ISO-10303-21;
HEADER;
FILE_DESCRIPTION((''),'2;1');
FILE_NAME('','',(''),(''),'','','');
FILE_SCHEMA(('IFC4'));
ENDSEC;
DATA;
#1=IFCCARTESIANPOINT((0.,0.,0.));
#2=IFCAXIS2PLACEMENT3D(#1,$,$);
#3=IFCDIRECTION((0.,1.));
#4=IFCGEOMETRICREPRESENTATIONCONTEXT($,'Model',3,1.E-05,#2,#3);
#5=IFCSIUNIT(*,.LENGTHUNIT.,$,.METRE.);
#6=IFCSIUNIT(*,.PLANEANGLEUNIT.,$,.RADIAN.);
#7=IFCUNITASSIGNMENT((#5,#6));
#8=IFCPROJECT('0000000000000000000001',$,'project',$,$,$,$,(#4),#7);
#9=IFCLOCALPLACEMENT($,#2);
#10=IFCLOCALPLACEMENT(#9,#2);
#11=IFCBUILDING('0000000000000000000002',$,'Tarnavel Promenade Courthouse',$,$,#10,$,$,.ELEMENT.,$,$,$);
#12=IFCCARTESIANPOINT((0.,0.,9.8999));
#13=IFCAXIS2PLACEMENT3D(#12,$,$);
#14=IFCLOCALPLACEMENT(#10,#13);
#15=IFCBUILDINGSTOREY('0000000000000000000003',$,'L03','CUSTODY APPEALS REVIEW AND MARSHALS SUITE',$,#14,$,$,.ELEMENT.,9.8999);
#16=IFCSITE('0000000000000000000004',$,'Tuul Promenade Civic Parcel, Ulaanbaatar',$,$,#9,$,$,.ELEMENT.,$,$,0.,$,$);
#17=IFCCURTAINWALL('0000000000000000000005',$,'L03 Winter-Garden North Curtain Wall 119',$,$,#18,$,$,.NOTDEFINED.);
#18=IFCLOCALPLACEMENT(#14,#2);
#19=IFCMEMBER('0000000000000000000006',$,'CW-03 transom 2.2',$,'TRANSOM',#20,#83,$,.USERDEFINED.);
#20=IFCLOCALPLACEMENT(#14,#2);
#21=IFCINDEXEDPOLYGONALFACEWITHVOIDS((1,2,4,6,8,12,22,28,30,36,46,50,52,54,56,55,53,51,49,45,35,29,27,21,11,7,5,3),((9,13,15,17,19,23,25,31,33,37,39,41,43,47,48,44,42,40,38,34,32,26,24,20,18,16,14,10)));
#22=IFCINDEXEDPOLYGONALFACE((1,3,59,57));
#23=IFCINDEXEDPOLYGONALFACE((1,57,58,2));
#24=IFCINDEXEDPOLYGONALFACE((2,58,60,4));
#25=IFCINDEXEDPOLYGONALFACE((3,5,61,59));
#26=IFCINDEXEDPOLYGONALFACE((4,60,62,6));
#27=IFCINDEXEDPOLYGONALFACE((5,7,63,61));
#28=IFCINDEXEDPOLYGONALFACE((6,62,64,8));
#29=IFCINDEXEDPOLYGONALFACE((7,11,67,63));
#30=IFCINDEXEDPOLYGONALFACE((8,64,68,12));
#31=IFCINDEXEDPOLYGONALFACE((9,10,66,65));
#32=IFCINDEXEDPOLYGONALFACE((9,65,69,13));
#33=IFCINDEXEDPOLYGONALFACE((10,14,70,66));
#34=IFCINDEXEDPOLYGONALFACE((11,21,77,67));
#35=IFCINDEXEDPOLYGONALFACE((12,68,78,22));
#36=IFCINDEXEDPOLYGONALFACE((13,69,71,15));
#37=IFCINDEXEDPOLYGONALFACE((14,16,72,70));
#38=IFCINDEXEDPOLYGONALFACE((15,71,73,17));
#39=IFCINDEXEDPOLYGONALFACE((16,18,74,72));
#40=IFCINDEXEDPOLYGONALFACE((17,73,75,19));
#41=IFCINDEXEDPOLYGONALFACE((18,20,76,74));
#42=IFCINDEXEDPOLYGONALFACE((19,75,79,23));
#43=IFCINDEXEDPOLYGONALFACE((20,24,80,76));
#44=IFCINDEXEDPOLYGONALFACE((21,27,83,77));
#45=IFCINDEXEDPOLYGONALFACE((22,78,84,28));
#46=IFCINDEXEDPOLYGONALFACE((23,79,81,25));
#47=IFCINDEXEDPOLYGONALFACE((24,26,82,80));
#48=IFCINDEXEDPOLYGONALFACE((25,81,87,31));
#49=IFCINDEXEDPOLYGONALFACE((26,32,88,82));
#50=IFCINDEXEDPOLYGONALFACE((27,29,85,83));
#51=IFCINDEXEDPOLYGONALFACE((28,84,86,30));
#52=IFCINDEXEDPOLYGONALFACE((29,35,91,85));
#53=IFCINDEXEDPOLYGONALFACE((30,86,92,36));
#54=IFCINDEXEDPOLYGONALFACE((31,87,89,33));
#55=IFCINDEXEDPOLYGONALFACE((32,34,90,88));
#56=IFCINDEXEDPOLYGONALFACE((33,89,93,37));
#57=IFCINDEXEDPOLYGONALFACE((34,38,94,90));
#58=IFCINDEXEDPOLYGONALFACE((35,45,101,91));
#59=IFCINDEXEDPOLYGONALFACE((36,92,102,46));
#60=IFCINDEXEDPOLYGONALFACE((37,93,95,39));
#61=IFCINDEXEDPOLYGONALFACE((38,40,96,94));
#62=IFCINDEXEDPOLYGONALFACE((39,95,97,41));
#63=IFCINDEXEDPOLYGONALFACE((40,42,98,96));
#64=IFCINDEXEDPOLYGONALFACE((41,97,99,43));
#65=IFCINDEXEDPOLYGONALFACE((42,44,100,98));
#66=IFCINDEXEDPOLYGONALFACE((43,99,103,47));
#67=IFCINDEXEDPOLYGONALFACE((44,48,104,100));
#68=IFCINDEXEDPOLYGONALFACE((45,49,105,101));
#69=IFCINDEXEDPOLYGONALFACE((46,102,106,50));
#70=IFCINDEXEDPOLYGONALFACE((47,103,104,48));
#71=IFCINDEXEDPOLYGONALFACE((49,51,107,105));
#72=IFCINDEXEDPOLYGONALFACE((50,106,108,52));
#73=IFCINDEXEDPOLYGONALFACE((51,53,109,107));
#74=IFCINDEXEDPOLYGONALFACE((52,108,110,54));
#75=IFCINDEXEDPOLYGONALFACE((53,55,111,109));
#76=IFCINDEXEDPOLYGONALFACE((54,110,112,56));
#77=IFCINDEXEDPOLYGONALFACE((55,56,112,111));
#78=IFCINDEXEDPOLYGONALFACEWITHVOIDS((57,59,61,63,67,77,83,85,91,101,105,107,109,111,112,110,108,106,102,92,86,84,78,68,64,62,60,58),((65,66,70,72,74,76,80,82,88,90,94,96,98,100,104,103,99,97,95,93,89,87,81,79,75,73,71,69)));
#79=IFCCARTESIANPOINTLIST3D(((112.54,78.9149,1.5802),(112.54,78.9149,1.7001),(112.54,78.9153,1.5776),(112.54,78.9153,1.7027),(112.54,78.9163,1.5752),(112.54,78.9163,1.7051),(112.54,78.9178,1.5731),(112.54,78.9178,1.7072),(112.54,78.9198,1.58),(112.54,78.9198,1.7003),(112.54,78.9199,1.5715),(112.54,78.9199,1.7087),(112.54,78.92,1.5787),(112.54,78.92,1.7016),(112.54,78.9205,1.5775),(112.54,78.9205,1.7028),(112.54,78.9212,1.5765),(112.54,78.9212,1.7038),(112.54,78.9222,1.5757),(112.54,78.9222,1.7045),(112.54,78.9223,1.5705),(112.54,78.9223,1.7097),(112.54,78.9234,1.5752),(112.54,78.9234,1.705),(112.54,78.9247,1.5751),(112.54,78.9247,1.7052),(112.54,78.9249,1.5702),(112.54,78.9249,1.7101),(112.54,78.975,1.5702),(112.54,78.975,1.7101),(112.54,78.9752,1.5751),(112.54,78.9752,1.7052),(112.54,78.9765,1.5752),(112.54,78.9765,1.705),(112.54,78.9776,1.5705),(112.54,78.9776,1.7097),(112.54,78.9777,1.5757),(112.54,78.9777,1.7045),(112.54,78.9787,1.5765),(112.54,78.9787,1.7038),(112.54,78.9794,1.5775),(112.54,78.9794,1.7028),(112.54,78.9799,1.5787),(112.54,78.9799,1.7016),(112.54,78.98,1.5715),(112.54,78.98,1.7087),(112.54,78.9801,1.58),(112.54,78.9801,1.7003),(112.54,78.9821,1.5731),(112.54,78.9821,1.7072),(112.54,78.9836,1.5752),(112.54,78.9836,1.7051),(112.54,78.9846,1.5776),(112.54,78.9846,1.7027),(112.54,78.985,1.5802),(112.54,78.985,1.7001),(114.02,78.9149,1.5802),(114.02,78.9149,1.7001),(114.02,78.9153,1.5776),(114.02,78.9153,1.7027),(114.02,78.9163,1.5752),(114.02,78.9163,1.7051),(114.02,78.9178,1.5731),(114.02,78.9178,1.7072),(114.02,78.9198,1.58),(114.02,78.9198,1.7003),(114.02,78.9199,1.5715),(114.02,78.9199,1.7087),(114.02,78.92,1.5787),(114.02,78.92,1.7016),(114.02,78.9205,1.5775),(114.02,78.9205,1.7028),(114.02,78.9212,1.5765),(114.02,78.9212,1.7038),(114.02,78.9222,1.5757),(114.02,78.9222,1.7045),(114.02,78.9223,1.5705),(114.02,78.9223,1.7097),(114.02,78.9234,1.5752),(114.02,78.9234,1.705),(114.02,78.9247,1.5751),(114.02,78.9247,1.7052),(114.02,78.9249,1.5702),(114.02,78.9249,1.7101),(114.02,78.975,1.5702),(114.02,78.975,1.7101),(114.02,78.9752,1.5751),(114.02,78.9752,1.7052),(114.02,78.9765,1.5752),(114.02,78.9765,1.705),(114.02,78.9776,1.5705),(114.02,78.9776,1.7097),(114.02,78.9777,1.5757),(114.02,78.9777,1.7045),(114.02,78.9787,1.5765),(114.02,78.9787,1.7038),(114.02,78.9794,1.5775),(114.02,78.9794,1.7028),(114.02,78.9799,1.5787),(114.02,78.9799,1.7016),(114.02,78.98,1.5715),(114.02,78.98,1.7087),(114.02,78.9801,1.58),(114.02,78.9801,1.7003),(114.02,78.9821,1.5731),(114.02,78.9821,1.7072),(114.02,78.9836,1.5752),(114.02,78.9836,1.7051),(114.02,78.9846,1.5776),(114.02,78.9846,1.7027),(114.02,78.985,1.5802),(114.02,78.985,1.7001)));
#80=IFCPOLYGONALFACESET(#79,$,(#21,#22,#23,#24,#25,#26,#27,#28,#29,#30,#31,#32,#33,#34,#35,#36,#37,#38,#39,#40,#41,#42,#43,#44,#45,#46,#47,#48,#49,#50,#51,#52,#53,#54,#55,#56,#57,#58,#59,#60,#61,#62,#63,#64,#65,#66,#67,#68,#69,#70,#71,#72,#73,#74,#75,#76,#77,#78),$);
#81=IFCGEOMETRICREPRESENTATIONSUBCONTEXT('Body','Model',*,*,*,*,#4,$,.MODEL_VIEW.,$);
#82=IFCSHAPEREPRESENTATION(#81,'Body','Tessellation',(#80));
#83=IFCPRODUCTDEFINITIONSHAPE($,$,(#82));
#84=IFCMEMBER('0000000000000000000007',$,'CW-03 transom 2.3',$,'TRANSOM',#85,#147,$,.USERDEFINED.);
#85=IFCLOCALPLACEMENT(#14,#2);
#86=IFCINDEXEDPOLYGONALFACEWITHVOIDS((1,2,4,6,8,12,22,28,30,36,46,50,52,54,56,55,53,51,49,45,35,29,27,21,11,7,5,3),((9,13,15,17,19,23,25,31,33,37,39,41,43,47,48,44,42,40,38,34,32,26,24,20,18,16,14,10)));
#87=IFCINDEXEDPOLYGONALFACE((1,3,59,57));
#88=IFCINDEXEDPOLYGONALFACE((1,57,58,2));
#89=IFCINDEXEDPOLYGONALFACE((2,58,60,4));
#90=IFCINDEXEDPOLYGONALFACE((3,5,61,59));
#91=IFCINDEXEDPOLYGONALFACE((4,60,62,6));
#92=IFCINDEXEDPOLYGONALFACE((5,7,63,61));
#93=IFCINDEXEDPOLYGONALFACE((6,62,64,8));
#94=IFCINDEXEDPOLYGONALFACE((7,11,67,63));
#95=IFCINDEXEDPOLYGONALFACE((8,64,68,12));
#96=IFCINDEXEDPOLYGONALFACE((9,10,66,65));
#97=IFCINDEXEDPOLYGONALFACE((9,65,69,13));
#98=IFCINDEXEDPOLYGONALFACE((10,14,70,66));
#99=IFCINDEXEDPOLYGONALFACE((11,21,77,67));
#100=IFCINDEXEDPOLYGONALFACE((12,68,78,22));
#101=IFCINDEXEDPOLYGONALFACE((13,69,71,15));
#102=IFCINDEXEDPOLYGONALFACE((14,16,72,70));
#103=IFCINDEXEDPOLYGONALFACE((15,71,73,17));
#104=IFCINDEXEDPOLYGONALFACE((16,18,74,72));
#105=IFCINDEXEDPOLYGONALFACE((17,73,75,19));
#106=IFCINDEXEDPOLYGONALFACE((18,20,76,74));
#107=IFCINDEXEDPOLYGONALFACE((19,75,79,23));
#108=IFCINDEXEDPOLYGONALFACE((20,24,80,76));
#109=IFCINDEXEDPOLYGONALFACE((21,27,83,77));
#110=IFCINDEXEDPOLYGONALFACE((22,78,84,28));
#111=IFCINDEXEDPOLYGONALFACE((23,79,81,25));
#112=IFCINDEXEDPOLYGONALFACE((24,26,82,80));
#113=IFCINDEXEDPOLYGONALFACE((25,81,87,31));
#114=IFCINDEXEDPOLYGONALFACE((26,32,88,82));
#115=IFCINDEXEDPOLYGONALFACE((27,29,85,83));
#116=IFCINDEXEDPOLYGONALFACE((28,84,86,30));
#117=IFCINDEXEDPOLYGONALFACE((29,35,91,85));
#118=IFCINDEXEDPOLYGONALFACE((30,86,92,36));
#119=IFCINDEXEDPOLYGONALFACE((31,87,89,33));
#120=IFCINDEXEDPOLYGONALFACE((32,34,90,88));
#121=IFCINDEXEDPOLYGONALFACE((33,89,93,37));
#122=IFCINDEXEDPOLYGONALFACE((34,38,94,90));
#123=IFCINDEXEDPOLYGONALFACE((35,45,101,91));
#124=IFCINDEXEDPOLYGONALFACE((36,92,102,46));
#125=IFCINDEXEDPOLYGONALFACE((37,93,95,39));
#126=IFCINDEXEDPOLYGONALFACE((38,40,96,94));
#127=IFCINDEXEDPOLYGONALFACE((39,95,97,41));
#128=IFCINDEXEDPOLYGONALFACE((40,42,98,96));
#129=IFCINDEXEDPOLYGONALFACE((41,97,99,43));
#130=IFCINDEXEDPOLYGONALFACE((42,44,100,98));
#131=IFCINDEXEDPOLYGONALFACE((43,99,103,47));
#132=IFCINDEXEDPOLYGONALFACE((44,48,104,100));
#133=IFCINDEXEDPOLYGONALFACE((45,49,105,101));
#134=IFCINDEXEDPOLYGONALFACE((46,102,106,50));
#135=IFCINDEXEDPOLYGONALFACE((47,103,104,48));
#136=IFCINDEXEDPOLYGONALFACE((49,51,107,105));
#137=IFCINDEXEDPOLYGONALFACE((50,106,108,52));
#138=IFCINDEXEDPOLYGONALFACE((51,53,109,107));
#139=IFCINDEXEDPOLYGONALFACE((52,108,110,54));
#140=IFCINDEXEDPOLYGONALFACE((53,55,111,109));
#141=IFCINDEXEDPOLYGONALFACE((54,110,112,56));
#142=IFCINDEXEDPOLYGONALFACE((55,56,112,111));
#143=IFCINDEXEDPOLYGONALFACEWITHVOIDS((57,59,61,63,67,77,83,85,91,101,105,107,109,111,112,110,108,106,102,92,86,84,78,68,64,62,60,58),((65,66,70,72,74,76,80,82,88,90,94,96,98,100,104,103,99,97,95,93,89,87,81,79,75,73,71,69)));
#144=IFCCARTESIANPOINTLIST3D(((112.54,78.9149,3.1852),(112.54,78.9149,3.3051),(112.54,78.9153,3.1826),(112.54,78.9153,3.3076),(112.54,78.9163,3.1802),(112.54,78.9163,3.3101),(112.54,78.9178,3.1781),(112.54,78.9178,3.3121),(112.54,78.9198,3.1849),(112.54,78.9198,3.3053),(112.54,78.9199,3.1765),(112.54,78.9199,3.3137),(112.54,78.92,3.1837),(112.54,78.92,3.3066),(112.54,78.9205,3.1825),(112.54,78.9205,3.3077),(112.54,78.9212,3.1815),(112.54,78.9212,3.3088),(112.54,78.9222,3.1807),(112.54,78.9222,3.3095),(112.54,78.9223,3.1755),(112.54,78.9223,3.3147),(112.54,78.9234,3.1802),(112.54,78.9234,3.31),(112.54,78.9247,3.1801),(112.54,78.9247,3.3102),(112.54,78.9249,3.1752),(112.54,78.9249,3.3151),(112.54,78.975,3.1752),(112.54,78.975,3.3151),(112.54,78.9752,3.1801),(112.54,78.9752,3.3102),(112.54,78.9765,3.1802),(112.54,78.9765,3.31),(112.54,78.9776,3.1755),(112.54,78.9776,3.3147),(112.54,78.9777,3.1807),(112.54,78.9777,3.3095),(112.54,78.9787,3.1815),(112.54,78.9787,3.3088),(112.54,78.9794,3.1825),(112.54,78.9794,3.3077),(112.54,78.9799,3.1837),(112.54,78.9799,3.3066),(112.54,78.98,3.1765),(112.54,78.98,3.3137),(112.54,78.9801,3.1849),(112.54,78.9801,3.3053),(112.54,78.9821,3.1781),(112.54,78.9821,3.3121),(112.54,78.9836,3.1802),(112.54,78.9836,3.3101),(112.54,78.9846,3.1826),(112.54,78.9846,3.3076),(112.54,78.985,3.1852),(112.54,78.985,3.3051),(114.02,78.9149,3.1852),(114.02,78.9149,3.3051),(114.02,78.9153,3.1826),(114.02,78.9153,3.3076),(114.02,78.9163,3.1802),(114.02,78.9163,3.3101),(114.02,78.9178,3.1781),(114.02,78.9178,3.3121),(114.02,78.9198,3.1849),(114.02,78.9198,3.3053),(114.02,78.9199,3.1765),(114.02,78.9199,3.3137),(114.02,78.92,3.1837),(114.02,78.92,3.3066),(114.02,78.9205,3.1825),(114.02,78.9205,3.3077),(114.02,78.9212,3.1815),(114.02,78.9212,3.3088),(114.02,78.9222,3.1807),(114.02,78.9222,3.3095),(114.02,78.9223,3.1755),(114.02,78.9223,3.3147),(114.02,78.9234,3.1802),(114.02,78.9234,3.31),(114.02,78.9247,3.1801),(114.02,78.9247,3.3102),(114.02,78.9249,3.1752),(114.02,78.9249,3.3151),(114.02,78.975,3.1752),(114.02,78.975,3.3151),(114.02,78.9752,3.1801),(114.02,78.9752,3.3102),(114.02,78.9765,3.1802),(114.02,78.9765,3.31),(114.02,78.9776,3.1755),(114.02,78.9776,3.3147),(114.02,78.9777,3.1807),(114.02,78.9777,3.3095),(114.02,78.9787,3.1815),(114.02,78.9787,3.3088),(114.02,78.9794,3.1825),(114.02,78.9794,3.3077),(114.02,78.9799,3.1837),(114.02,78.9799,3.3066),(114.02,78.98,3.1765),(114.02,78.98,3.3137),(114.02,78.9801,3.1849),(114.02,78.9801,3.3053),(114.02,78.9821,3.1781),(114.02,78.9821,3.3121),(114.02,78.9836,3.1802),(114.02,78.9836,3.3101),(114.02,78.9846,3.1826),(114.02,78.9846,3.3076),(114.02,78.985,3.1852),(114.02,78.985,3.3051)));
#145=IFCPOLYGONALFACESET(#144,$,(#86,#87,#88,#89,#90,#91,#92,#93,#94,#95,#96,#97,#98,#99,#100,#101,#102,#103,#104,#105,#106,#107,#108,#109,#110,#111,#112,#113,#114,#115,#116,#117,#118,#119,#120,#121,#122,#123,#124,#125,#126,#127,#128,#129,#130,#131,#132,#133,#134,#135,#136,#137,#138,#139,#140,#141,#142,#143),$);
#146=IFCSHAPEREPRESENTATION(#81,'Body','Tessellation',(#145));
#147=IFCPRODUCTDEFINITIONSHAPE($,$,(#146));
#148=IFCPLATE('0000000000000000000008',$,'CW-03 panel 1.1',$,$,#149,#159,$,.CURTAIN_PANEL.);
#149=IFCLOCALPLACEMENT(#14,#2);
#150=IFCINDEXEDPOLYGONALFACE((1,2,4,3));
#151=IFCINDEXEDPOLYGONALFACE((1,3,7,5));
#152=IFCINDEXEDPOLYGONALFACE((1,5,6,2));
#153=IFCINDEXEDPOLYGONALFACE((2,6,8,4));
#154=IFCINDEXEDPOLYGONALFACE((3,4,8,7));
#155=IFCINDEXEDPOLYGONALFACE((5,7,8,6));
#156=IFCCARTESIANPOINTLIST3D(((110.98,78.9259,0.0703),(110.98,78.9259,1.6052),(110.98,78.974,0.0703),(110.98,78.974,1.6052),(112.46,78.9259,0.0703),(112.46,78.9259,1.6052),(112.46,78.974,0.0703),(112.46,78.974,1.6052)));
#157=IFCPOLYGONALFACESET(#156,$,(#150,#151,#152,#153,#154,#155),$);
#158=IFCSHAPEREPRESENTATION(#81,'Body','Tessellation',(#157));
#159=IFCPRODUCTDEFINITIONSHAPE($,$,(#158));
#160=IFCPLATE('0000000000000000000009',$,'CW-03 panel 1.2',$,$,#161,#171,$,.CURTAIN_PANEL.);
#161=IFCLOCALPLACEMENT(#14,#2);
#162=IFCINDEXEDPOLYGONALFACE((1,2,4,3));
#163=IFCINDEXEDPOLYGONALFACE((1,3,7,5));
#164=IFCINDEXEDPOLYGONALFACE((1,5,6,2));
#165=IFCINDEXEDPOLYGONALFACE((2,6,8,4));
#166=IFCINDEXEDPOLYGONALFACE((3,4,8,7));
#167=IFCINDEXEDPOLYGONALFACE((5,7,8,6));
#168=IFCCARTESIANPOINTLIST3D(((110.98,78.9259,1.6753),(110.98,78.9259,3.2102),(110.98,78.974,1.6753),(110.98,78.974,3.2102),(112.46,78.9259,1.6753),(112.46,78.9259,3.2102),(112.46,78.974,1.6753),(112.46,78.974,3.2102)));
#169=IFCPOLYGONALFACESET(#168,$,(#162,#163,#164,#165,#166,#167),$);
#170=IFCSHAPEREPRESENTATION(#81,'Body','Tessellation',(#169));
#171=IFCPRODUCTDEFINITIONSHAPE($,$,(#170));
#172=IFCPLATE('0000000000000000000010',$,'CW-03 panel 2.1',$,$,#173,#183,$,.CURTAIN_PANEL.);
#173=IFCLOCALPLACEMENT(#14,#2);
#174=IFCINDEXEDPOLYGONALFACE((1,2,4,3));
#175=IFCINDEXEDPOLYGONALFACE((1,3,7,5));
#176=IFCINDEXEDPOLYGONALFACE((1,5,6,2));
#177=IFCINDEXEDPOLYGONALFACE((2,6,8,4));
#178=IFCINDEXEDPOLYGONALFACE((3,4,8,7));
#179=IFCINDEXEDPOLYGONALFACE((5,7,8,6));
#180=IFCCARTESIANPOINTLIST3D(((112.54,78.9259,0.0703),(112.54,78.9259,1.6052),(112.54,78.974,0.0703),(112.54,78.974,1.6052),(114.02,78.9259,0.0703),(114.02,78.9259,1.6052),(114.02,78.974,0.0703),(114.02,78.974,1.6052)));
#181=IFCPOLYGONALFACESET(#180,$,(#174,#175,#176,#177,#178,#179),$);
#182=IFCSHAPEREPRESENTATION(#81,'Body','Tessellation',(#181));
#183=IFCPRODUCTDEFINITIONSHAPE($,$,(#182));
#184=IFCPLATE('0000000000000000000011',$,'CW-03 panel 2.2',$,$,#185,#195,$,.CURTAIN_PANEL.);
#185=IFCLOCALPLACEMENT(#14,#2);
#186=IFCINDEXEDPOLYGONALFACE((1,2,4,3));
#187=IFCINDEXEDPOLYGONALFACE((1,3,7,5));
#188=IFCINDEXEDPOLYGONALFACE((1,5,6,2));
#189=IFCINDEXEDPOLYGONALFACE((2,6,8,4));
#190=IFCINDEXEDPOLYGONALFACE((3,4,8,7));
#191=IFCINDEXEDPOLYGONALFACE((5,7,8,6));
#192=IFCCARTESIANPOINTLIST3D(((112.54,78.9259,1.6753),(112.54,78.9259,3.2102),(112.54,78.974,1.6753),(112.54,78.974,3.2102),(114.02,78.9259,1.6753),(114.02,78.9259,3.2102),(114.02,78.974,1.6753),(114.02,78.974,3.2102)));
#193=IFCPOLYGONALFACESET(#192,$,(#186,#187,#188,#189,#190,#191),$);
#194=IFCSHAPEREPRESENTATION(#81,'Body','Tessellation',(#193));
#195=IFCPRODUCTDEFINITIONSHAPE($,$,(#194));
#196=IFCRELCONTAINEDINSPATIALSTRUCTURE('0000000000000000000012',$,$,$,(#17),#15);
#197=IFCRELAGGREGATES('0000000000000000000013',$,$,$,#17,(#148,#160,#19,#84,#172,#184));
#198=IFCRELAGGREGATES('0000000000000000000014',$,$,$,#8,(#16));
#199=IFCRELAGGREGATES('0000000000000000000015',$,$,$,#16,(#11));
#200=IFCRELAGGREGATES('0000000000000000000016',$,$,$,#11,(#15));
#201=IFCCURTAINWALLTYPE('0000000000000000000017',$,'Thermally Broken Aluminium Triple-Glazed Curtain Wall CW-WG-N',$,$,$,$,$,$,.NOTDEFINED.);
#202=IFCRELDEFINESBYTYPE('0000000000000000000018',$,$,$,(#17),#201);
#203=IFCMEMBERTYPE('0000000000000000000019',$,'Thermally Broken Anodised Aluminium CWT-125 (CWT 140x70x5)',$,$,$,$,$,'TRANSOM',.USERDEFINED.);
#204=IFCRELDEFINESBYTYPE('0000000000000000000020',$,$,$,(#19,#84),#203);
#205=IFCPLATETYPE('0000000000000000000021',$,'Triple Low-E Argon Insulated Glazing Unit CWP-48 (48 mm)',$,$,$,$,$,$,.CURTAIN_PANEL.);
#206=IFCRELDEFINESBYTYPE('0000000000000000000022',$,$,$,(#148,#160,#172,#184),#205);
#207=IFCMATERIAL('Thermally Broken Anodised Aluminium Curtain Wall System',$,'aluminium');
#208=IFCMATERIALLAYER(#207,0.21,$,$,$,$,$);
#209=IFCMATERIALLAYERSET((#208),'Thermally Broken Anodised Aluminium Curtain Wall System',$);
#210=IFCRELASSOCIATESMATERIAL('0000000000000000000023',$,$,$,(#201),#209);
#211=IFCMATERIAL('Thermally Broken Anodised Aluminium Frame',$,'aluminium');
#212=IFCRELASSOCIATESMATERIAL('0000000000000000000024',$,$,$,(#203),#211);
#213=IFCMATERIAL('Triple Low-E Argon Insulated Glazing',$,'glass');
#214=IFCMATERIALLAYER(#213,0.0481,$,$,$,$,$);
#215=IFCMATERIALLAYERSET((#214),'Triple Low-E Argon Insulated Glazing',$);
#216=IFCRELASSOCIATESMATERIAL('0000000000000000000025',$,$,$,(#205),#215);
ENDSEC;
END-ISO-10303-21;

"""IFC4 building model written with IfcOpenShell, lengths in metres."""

from ifc_helpers import new_model, si_unit, direction, frame, origin, origin_2d, place, context, subcontext, project, spatial, rectangle, hollow_rectangle, extrude, material, layer, layer_set, material_profile, profile_set, type_object, element, aggregate, save


model = new_model("IFC4")

# Units and contexts
model_context = context("Model", 3, precision=1e-05, world=origin(), true_north=direction((0.0, 1.0)))
body_context = subcontext(model_context, "Body", "Model", "MODEL_VIEW")
ifc_project = project(units=[si_unit("LENGTHUNIT", "METRE"), si_unit("PLANEANGLEUNIT", "RADIAN")], contexts=[model_context])

# Site, building, storey
site_placement = place(None, origin())
site = spatial("IfcSite", under=ifc_project, at=site_placement, Name="Tuul Promenade Civic Parcel, Ulaanbaatar", CompositionType="ELEMENT", RefElevation=0.0)
building_placement = place(site_placement, origin())
building = spatial("IfcBuilding", under=site, at=building_placement, Name="Tarnavel Promenade Courthouse", CompositionType="ELEMENT")
storey_placement = place(building_placement, frame((0.0, 0.0, 9.8999)))
storey = spatial("IfcBuildingStorey", under=building, at=storey_placement, Name="L03", Description="CUSTODY APPEALS REVIEW AND MARSHALS SUITE", CompositionType="ELEMENT", Elevation=9.8999)

# Curtain wall, members, plates
ifc_material_1 = material(Name="Thermally Broken Anodised Aluminium Curtain Wall System", Category="aluminium")
ifc_layer_1 = layer(ifc_material_1, 0.21)
ifc_layer_set_1 = layer_set([ifc_layer_1], Name="Thermally Broken Anodised Aluminium Curtain Wall System")
curtain_wall_type = type_object("IfcCurtainWallType", Name="Thermally Broken Aluminium Triple-Glazed Curtain Wall CW-WG-N", PredefinedType="NOTDEFINED", material=ifc_layer_set_1)
curtain_wall_placement = place(storey_placement, origin())
curtain_wall = element("IfcCurtainWall", 1, at=curtain_wall_placement, inside=storey, type_object=curtain_wall_type, Name="L03 Winter-Garden North Curtain Wall 119", PredefinedType="NOTDEFINED")
ifc_material_2 = material(Name="Thermally Broken Anodised Aluminium Frame", Category="aluminium")
ifc_material_profile_1 = material_profile(ifc_material_2, hollow_rectangle(XDim=0.0701, YDim=0.1399, WallThickness=0.0049, InnerFilletRadius=0.0049, OuterFilletRadius=0.01, at=origin_2d()), Name="CWT 140x70x5")
ifc_profile_set_1 = profile_set([ifc_material_profile_1], Name="Thermally Broken Anodised Aluminium Frame")
member_type_1 = type_object("IfcMemberType", Name="Thermally Broken Anodised Aluminium CWT-125 (CWT 140x70x5)", ElementType="TRANSOM", PredefinedType="USERDEFINED", material=ifc_profile_set_1)
member_1_placement = place(storey_placement, frame((112.54, 78.95, 1.6401), z_axis=(1.0, 0.0, 0.0), x_axis=(0.0, 1.0, 0.0)))
member_1 = element("IfcMember", 2, at=member_1_placement, type_object=member_type_1, Name="CW-03 transom 2.2", ObjectType="TRANSOM", PredefinedType="USERDEFINED", context=body_context, shape_type="SweptSolid", body=[
    extrude(hollow_rectangle(XDim=0.0701, YDim=0.1399, WallThickness=0.0049, InnerFilletRadius=0.0049, OuterFilletRadius=0.01, at=origin_2d()), origin(), (0.0, 0.0, 1.0), 1.48),
])
member_2_placement = place(storey_placement, frame((112.54, 78.95, 3.2451), z_axis=(1.0, 0.0, 0.0), x_axis=(0.0, 1.0, 0.0)))
member_2 = element("IfcMember", 3, at=member_2_placement, type_object=member_type_1, Name="CW-03 transom 2.3", ObjectType="TRANSOM", PredefinedType="USERDEFINED", context=body_context, shape_type="SweptSolid", body=[
    extrude(hollow_rectangle(XDim=0.0701, YDim=0.1399, WallThickness=0.0049, InnerFilletRadius=0.0049, OuterFilletRadius=0.01, at=origin_2d()), origin(), (0.0, 0.0, 1.0), 1.48),
])
ifc_material_3 = material(Name="Triple Low-E Argon Insulated Glazing", Category="glass")
ifc_layer_2 = layer(ifc_material_3, 0.0481)
ifc_layer_set_2 = layer_set([ifc_layer_2], Name="Triple Low-E Argon Insulated Glazing")
plate_type = type_object("IfcPlateType", Name="Triple Low-E Argon Insulated Glazing Unit CWP-48 (48 mm)", PredefinedType="CURTAIN_PANEL", material=ifc_layer_set_2)
plate_1_placement = place(storey_placement, frame((111.72, 78.95, 0.0703), z_axis=(0.0, 0.0, 1.0), x_axis=(1.0, 0.0, 0.0)))
plate_1 = element("IfcPlate", 4, at=plate_1_placement, type_object=plate_type, Name="CW-03 panel 1.1", PredefinedType="CURTAIN_PANEL", context=body_context, shape_type="SweptSolid", body=[
    extrude(rectangle(XDim=1.48, YDim=0.0481, at=origin_2d()), origin(), (0.0, 0.0, 1.0), 1.5349),
])
plate_2_placement = place(storey_placement, frame((111.72, 78.95, 1.6753), z_axis=(0.0, 0.0, 1.0), x_axis=(1.0, 0.0, 0.0)))
plate_2 = element("IfcPlate", 5, at=plate_2_placement, type_object=plate_type, Name="CW-03 panel 1.2", PredefinedType="CURTAIN_PANEL", context=body_context, shape_type="SweptSolid", body=[
    extrude(rectangle(XDim=1.48, YDim=0.0481, at=origin_2d()), origin(), (0.0, 0.0, 1.0), 1.5349),
])
plate_3_placement = place(storey_placement, frame((113.28, 78.95, 0.0703), z_axis=(0.0, 0.0, 1.0), x_axis=(1.0, 0.0, 0.0)))
plate_3 = element("IfcPlate", 6, at=plate_3_placement, type_object=plate_type, Name="CW-03 panel 2.1", PredefinedType="CURTAIN_PANEL", context=body_context, shape_type="SweptSolid", body=[
    extrude(rectangle(XDim=1.48, YDim=0.0481, at=origin_2d()), origin(), (0.0, 0.0, 1.0), 1.5349),
])
plate_4_placement = place(storey_placement, frame((113.28, 78.95, 1.6753), z_axis=(0.0, 0.0, 1.0), x_axis=(1.0, 0.0, 0.0)))
plate_4 = element("IfcPlate", 7, at=plate_4_placement, type_object=plate_type, Name="CW-03 panel 2.2", PredefinedType="CURTAIN_PANEL", context=body_context, shape_type="SweptSolid", body=[
    extrude(rectangle(XDim=1.48, YDim=0.0481, at=origin_2d()), origin(), (0.0, 0.0, 1.0), 1.5349),
])
aggregate(curtain_wall, [plate_1, plate_2, member_1, member_2, plate_3, plate_4])

save(model, "model.ifc")
